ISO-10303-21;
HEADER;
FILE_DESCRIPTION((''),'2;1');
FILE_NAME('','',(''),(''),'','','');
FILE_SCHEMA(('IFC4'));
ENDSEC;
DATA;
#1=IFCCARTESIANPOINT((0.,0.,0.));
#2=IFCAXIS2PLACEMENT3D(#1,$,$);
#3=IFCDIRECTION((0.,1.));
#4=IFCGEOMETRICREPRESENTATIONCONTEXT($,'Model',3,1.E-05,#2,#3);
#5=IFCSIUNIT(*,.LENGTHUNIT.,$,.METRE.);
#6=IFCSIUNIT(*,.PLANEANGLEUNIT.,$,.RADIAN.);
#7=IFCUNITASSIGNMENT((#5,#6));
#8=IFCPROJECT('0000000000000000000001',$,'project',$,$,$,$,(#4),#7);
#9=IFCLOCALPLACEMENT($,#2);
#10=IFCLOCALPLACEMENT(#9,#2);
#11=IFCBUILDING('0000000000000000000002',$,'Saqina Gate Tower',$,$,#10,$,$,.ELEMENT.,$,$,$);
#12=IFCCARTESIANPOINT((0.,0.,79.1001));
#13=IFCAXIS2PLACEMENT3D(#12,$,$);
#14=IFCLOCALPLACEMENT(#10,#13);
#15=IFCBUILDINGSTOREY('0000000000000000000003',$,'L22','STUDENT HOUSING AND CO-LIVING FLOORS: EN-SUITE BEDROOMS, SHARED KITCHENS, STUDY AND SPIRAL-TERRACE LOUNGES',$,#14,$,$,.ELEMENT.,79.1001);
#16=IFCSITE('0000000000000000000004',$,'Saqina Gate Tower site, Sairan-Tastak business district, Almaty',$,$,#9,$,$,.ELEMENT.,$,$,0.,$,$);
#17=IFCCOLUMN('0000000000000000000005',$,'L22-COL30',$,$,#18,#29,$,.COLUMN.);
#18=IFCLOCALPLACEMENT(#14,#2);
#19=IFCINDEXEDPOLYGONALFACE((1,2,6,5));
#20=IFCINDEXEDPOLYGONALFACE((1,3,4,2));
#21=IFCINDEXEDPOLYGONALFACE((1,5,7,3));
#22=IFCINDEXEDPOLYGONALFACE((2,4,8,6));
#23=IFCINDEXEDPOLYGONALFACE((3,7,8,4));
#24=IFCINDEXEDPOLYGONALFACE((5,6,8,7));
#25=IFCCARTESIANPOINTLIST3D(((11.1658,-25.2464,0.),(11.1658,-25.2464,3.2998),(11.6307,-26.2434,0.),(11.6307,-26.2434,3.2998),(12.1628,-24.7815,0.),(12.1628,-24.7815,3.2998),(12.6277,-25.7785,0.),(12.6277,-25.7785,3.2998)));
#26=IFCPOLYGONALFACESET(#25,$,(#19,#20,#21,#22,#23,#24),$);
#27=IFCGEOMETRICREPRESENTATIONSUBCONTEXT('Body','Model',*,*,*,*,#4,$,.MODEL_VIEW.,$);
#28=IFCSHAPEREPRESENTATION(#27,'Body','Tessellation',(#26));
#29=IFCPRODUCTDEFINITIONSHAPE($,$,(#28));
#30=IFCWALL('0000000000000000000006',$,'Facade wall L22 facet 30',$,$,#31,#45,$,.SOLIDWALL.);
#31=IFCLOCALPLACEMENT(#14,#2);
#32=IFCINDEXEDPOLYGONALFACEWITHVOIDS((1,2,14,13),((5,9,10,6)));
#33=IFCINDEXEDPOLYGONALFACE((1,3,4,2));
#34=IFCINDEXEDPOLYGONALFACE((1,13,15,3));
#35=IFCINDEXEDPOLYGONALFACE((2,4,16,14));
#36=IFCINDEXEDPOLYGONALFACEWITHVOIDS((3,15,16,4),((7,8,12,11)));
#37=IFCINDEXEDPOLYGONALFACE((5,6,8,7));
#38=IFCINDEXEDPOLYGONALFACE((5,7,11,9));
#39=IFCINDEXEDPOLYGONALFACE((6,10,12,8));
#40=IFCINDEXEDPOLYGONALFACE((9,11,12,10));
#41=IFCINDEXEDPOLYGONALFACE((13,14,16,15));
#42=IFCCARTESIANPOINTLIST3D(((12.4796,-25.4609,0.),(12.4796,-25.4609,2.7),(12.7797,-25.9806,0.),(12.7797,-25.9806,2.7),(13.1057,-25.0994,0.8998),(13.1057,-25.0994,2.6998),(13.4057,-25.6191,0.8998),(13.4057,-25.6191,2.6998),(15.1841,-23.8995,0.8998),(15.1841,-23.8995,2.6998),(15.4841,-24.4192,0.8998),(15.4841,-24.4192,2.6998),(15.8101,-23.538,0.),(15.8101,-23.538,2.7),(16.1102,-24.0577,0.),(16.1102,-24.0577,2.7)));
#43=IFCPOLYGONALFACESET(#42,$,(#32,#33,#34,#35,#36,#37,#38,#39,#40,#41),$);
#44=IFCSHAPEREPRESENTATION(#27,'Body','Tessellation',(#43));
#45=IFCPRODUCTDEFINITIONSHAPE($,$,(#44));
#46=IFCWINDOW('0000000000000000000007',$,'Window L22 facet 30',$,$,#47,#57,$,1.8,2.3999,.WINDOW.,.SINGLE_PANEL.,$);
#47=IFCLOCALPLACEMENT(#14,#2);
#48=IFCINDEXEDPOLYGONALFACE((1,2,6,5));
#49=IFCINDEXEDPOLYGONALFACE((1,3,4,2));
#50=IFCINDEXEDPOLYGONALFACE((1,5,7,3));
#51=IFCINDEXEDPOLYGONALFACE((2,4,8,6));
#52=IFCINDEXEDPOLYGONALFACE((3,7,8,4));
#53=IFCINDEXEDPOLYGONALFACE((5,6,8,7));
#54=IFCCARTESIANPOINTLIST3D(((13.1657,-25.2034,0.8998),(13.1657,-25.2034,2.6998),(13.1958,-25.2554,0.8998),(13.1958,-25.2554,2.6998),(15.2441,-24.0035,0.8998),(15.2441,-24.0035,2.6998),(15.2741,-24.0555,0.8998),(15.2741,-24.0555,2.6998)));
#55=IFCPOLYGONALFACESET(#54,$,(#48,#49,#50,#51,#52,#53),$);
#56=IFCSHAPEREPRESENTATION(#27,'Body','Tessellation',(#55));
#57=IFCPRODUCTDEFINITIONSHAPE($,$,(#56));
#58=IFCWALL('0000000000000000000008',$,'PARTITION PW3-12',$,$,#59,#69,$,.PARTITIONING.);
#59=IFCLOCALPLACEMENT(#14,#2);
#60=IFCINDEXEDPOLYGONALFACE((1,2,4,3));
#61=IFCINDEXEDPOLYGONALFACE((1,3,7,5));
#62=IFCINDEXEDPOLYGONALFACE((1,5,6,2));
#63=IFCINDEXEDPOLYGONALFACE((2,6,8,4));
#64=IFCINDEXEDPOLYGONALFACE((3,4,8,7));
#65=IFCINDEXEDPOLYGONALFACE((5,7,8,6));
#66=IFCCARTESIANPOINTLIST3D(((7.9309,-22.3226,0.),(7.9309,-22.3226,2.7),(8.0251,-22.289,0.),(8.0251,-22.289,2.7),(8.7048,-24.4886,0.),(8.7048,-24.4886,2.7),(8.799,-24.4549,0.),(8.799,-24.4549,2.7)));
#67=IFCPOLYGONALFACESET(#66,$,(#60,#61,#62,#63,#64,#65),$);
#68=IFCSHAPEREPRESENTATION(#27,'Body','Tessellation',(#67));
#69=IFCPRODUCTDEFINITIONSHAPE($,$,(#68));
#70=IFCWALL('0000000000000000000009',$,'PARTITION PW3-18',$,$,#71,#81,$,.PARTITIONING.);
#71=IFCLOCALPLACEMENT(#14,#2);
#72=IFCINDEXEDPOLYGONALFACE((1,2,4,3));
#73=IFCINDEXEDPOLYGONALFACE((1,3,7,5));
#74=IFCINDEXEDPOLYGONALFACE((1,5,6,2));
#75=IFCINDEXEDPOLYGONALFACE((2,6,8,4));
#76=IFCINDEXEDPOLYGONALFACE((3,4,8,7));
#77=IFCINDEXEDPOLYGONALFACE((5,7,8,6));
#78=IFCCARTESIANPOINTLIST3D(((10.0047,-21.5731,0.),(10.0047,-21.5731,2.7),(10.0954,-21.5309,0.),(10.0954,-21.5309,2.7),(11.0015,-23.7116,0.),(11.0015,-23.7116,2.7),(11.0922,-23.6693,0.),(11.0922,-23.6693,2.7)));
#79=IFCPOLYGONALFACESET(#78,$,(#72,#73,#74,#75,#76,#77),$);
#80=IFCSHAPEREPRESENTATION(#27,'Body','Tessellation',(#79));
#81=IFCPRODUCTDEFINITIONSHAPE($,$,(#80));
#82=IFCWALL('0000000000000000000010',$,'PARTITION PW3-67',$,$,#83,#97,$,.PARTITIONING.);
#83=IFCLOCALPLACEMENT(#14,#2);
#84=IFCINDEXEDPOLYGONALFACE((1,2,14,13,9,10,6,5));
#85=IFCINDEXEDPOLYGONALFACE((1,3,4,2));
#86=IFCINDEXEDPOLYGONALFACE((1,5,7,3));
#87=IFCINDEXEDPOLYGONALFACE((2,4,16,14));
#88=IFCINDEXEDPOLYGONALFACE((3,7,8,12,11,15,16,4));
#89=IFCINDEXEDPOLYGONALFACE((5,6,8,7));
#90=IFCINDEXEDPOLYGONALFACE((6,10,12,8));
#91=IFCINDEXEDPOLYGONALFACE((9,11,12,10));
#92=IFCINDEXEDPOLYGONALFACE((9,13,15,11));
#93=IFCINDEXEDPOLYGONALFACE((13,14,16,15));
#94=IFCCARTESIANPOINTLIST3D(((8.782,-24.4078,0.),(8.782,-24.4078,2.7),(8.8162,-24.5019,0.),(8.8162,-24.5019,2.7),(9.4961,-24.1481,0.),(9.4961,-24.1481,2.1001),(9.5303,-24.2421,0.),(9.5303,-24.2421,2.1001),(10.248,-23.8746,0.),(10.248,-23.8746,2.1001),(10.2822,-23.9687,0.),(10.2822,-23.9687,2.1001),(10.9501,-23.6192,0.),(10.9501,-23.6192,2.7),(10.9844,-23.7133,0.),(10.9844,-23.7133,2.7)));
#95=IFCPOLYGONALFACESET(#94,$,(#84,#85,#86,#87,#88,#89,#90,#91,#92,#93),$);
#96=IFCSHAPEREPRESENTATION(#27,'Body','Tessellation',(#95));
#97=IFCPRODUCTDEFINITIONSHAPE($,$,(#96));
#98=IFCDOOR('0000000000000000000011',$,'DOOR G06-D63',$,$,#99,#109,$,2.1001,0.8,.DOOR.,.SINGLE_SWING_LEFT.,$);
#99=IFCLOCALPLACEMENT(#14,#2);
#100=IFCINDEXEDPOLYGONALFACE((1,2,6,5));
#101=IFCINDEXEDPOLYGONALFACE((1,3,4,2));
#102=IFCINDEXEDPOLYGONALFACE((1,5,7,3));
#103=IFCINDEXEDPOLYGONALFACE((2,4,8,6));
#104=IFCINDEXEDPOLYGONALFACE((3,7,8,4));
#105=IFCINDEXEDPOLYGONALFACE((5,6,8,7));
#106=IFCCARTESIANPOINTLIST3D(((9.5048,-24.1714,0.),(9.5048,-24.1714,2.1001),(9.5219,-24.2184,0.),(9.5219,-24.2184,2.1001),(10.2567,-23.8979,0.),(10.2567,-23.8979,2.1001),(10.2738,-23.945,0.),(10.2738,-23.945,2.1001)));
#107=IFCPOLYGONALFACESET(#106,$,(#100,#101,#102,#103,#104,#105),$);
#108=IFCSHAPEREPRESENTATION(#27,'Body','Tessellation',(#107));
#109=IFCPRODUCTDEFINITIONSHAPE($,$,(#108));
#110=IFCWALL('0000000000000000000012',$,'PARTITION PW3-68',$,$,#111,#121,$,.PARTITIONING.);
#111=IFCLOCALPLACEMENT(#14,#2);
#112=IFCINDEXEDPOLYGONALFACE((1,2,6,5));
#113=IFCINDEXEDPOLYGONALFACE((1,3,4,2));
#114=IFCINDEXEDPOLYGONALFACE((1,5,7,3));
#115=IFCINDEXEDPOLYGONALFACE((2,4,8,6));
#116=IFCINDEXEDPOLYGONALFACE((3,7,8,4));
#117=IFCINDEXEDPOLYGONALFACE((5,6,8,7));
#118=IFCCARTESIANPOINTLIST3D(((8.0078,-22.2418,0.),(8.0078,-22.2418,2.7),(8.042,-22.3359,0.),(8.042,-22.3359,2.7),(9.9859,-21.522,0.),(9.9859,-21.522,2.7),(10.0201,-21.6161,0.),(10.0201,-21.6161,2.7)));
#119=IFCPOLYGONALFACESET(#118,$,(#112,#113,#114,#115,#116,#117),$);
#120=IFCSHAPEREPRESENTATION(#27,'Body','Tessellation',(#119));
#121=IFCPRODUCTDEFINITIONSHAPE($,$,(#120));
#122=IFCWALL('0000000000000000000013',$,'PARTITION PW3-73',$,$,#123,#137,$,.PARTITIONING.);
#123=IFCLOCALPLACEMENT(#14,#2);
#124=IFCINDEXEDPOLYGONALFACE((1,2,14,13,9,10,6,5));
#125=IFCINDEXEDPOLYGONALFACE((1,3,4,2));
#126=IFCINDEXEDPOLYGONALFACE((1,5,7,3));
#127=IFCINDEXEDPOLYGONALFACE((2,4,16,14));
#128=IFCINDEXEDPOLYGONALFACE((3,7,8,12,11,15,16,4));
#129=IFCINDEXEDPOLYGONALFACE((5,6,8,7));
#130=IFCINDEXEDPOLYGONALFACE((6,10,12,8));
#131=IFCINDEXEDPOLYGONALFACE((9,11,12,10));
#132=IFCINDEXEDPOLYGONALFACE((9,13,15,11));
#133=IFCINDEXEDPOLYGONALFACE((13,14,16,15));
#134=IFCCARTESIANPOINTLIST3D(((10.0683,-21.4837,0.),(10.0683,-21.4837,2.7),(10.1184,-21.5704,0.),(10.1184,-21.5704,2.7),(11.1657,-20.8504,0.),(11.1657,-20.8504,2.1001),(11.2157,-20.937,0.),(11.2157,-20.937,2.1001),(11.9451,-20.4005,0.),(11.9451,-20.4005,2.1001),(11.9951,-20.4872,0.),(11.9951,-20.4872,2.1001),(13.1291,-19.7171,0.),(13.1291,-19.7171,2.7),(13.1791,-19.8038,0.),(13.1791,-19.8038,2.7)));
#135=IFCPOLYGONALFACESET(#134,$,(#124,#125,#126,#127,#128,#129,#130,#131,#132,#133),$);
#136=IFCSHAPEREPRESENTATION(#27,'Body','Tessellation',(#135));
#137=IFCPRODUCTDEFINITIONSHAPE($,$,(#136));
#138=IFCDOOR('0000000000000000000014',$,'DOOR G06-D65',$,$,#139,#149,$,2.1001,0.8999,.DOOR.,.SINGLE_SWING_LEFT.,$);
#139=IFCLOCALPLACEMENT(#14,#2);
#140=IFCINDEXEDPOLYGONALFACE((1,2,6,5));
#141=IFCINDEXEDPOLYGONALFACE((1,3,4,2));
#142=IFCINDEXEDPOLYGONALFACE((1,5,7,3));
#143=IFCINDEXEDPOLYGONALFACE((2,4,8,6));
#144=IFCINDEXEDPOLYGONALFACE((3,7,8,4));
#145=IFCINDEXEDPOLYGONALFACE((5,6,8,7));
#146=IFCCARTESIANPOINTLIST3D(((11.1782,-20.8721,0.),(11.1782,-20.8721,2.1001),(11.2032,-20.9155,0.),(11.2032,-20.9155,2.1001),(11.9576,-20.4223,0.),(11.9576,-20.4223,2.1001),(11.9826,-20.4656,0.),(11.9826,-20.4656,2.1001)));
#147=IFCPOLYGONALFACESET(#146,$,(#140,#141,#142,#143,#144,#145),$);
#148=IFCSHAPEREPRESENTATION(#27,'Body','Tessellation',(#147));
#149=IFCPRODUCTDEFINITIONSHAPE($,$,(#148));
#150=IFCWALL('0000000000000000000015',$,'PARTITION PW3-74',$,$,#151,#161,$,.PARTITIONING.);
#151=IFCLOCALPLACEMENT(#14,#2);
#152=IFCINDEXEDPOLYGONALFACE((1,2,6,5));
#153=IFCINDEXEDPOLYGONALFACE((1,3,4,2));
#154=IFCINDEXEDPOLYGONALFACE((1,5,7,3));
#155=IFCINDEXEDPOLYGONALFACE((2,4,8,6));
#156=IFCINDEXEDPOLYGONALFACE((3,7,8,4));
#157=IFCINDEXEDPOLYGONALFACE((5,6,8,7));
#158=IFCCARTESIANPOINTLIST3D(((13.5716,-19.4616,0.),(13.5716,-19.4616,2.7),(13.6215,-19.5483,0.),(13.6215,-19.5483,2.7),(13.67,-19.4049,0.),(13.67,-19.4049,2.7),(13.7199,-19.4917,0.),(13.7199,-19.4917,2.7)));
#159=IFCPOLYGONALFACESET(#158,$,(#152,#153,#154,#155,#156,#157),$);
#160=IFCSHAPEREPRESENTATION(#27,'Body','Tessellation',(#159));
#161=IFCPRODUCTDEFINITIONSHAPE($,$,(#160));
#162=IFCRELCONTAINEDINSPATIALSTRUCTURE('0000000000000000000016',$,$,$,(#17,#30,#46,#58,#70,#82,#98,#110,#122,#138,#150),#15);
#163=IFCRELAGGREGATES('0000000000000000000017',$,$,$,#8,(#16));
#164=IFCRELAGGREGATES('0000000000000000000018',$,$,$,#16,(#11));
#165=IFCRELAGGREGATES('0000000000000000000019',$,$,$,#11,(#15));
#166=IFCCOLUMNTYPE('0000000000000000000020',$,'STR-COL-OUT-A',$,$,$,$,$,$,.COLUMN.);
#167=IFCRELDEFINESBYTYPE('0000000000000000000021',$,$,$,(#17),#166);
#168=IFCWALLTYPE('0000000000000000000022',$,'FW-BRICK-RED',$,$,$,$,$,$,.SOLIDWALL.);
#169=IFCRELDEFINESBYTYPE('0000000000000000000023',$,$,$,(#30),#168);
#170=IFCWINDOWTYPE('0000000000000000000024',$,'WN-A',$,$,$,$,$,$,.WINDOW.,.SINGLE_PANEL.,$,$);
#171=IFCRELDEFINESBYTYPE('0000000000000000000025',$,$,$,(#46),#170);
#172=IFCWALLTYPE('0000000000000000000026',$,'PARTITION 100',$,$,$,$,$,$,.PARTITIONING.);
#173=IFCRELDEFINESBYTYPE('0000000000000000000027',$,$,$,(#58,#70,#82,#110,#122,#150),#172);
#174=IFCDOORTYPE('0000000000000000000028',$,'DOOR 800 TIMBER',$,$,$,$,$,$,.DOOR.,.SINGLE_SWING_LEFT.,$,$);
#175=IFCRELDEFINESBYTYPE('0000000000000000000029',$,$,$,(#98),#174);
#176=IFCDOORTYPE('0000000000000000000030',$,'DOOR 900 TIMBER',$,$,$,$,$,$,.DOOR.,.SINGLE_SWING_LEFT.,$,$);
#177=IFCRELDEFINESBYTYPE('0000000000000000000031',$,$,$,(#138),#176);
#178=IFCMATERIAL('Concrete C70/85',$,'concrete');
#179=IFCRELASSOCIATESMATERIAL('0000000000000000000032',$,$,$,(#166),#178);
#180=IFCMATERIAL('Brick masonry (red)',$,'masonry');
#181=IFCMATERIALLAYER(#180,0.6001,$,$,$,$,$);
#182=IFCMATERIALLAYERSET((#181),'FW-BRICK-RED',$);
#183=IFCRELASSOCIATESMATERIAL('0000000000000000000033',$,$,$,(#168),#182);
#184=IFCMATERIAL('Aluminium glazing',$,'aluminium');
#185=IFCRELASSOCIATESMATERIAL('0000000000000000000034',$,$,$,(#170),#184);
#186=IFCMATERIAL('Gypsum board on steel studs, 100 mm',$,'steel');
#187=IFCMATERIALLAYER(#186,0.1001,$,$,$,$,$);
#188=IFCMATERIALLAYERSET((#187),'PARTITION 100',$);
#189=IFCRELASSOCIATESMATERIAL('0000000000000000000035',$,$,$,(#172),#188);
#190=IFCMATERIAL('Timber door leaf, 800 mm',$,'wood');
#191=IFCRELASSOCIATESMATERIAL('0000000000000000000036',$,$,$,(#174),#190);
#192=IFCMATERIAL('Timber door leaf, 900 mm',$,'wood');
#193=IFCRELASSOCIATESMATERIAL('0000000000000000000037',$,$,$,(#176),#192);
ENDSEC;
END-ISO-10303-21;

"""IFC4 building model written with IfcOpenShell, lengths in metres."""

from ifc_helpers import new_model, si_unit, direction, frame, frame_2d, origin, origin_2d, place, context, subcontext, project, spatial, rectangle, extrude, material, layer, layer_set, material_profile, profile_set, type_object, element, fill, save


model = new_model("IFC4")

# Units and contexts
model_context = context("Model", 3, precision=1e-05, world=origin(), true_north=direction((0.0, 1.0)))
body_context = subcontext(model_context, "Body", "Model", "MODEL_VIEW")
ifc_project = project(units=[si_unit("LENGTHUNIT", "METRE"), si_unit("PLANEANGLEUNIT", "RADIAN")], contexts=[model_context])

# Site, building, storey
site_placement = place(None, origin())
site = spatial("IfcSite", under=ifc_project, at=site_placement, Name="Saqina Gate Tower site, Sairan-Tastak business district, Almaty", CompositionType="ELEMENT", RefElevation=0.0)
building_placement = place(site_placement, origin())
building = spatial("IfcBuilding", under=site, at=building_placement, Name="Saqina Gate Tower", CompositionType="ELEMENT")
storey_placement = place(building_placement, frame((0.0, 0.0, 79.1001)))
storey = spatial("IfcBuildingStorey", under=building, at=storey_placement, Name="L22", Description="STUDENT HOUSING AND CO-LIVING FLOORS: EN-SUITE BEDROOMS, SHARED KITCHENS, STUDY AND SPIRAL-TERRACE LOUNGES", CompositionType="ELEMENT", Elevation=79.1001)

# Column
ifc_material_1 = material(Name="Concrete C70/85", Category="concrete")
ifc_material_profile = material_profile(ifc_material_1, rectangle(XDim=1.1001, YDim=1.1001, at=origin_2d()), Name="RC 1100x1100")
ifc_profile_set = profile_set([ifc_material_profile], Name="Concrete C70/85")
column_type = type_object("IfcColumnType", Name="STR-COL-OUT-A", PredefinedType="COLUMN", material=ifc_profile_set)
column_placement = place(storey_placement, frame((11.8967, -25.5125, 0.0), z_axis=(0.0, 0.0, 1.0), x_axis=(0.422618, -0.906308, 0.0)))
element("IfcColumn", 1, at=column_placement, inside=storey, type_object=column_type, Name="L22-COL30", PredefinedType="COLUMN", context=body_context, shape_type="SweptSolid", body=[
    extrude(rectangle(XDim=1.1001, YDim=1.1001, at=origin_2d()), origin(), (0.0, 0.0, 1.0), 3.2998),
])

# Wall, opening, window
ifc_material_2 = material(Name="Brick masonry (red)", Category="masonry")
ifc_layer_1 = layer(ifc_material_2, 0.6001)
ifc_layer_set_1 = layer_set([ifc_layer_1], Name="FW-BRICK-RED")
wall_type_1 = type_object("IfcWallType", Name="FW-BRICK-RED", PredefinedType="SOLIDWALL", material=ifc_layer_set_1)
wall_1_placement = place(storey_placement, frame((12.6296, -25.7207, 0.0), z_axis=(0.0, 0.0, 1.0), x_axis=(0.866031, 0.49999, 0.0)))
wall_1 = element("IfcWall", 2, at=wall_1_placement, inside=storey, type_object=wall_type_1, Name="Facade wall L22 facet 30", PredefinedType="SOLIDWALL", context=body_context, shape_type="SweptSolid", body=[
    extrude(rectangle(XDim=3.8457, YDim=0.6001, at=frame_2d((1.9229, 0.0))), origin(), (0.0, 0.0, 1.0), 2.7),
])
opening_1_placement = place(wall_1_placement, frame((0.7229, 0.0, 0.8999)))
opening_1 = element("IfcOpeningElement", 3, at=opening_1_placement, cuts=wall_1, PredefinedType="OPENING", context=body_context, shape_type="SweptSolid", body=[
    extrude(rectangle(XDim=2.3999, YDim=1.8, at=frame_2d((1.2, 0.8999))), frame((0.0, 0.312, 0.0), z_axis=(0.0, -1.0, 0.0), x_axis=(1.0, 0.0, 0.0)), (0.0, 0.0, 1.0), 0.624),
])
ifc_material_3 = material(Name="Aluminium glazing", Category="aluminium")
window_type = type_object("IfcWindowType", Name="WN-A", PartitioningType="SINGLE_PANEL", PredefinedType="WINDOW", material=ifc_material_3)
window_placement = place(opening_1_placement, origin())
window = element("IfcWindow", 4, at=window_placement, inside=storey, type_object=window_type, Name="Window L22 facet 30", OverallHeight=1.8, OverallWidth=2.3999, PartitioningType="SINGLE_PANEL", PredefinedType="WINDOW", context=body_context, shape_type="SweptSolid", body=[
    extrude(rectangle(XDim=2.3999, YDim=1.8, at=frame_2d((1.2, 0.8999))), frame((0.0, 0.1799, 0.0), z_axis=(0.0, -1.0, 0.0), x_axis=(1.0, 0.0, 0.0)), (0.0, 0.0, 1.0), 0.0601),
])
fill(opening_1, window)

# Walls
ifc_material_4 = material(Name="Gypsum board on steel studs, 100 mm", Category="steel")
ifc_layer_2 = layer(ifc_material_4, 0.1001)
ifc_layer_set_2 = layer_set([ifc_layer_2], Name="PARTITION 100")
wall_type_2 = type_object("IfcWallType", Name="PARTITION 100", PredefinedType="PARTITIONING", material=ifc_layer_set_2)
wall_2_placement = place(storey_placement, frame((7.978, -22.3059, 0.0), z_axis=(0.0, 0.0, 1.0), x_axis=(0.336471, -0.941694, 0.0)))
element("IfcWall", 5, at=wall_2_placement, inside=storey, type_object=wall_type_2, Name="PARTITION PW3-12", PredefinedType="PARTITIONING", context=body_context, shape_type="SweptSolid", body=[
    extrude(rectangle(XDim=2.3, YDim=0.1001, at=frame_2d((1.1499, 0.0))), origin(), (0.0, 0.0, 1.0), 2.7),
])
wall_3_placement = place(storey_placement, frame((10.05, -21.552, 0.0), z_axis=(0.0, 0.0, 1.0), x_axis=(0.4225, -0.906363, 0.0)))
element("IfcWall", 6, at=wall_3_placement, inside=storey, type_object=wall_type_2, Name="PARTITION PW3-18", PredefinedType="PARTITIONING", context=body_context, shape_type="SweptSolid", body=[
    extrude(rectangle(XDim=2.3594, YDim=0.1001, at=frame_2d((1.1797, 0.0))), origin(), (0.0, 0.0, 1.0), 2.7),
])

# Wall, opening, door
wall_4_placement = place(storey_placement, frame((8.7991, -24.4548, 0.0), z_axis=(0.0, 0.0, 1.0), x_axis=(0.939775, 0.341794, 0.0)))
wall_4 = element("IfcWall", 7, at=wall_4_placement, inside=storey, type_object=wall_type_2, Name="PARTITION PW3-67", PredefinedType="PARTITIONING", context=body_context, shape_type="SweptSolid", body=[
    extrude(rectangle(XDim=2.3071, YDim=0.1001, at=frame_2d((1.1536, 0.0))), origin(), (0.0, 0.0, 1.0), 2.7),
])
opening_2_placement = place(wall_4_placement, frame((0.76, 0.0, 0.0)))
opening_2 = element("IfcOpeningElement", 8, at=opening_2_placement, cuts=wall_4, PredefinedType="OPENING", context=body_context, shape_type="SweptSolid", body=[
    extrude(rectangle(XDim=0.8, YDim=2.1001, at=frame_2d((0.3999, 1.05))), frame((0.0, 0.062, 0.0), z_axis=(0.0, -1.0, 0.0), x_axis=(1.0, 0.0, 0.0)), (0.0, 0.0, 1.0), 0.124),
])
ifc_material_5 = material(Name="Timber door leaf, 800 mm", Category="wood")
door_type_1 = type_object("IfcDoorType", Name="DOOR 800 TIMBER", OperationType="SINGLE_SWING_LEFT", PredefinedType="DOOR", material=ifc_material_5)
door_1_placement = place(opening_2_placement, frame((0.8, 0.0, 0.0), z_axis=(0.0, 0.0, 1.0), x_axis=(-1.0, 0.0, 0.0)))
door_1 = element("IfcDoor", 9, at=door_1_placement, inside=storey, type_object=door_type_1, Name="DOOR G06-D63", OperationType="SINGLE_SWING_LEFT", OverallHeight=2.1001, OverallWidth=0.8, PredefinedType="DOOR", context=body_context, shape_type="SweptSolid", body=[
    extrude(rectangle(XDim=0.8, YDim=2.1001, at=frame_2d((0.3999, 1.05))), frame((0.0, 0.0249, 0.0), z_axis=(0.0, -1.0, 0.0), x_axis=(1.0, 0.0, 0.0)), (0.0, 0.0, 1.0), 0.05),
])
fill(opening_2, door_1)

# Wall
wall_5_placement = place(storey_placement, frame((8.0249, -22.2888, 0.0), z_axis=(0.0, 0.0, 1.0), x_axis=(0.939726, 0.341929, 0.0)))
element("IfcWall", 10, at=wall_5_placement, inside=storey, type_object=wall_type_2, Name="PARTITION PW3-68", PredefinedType="PARTITIONING", context=body_context, shape_type="SweptSolid", body=[
    extrude(rectangle(XDim=2.105, YDim=0.1001, at=frame_2d((1.0525, 0.0))), origin(), (0.0, 0.0, 1.0), 2.7),
])

# Wall, opening, door
wall_6_placement = place(storey_placement, frame((10.0933, -21.5271, 0.0), z_axis=(0.0, 0.0, 1.0), x_axis=(0.866092, 0.499884, 0.0)))
wall_6 = element("IfcWall", 11, at=wall_6_placement, inside=storey, type_object=wall_type_2, Name="PARTITION PW3-73", PredefinedType="PARTITIONING", context=body_context, shape_type="SweptSolid", body=[
    extrude(rectangle(XDim=3.5339, YDim=0.1001, at=frame_2d((1.7671, 0.0))), origin(), (0.0, 0.0, 1.0), 2.7),
])
opening_3_placement = place(wall_6_placement, frame((1.2671, 0.0, 0.0)))
opening_3 = element("IfcOpeningElement", 12, at=opening_3_placement, cuts=wall_6, PredefinedType="OPENING", context=body_context, shape_type="SweptSolid", body=[
    extrude(rectangle(XDim=0.8999, YDim=2.1001, at=frame_2d((0.45, 1.05))), frame((0.0, 0.062, 0.0), z_axis=(0.0, -1.0, 0.0), x_axis=(1.0, 0.0, 0.0)), (0.0, 0.0, 1.0), 0.124),
])
ifc_material_6 = material(Name="Timber door leaf, 900 mm", Category="wood")
door_type_2 = type_object("IfcDoorType", Name="DOOR 900 TIMBER", OperationType="SINGLE_SWING_LEFT", PredefinedType="DOOR", material=ifc_material_6)
door_2_placement = place(opening_3_placement, origin())
door_2 = element("IfcDoor", 13, at=door_2_placement, inside=storey, type_object=door_type_2, Name="DOOR G06-D65", OperationType="SINGLE_SWING_LEFT", OverallHeight=2.1001, OverallWidth=0.8999, PredefinedType="DOOR", context=body_context, shape_type="SweptSolid", body=[
    extrude(rectangle(XDim=0.8999, YDim=2.1001, at=frame_2d((0.45, 1.05))), frame((0.0, 0.0249, 0.0), z_axis=(0.0, -1.0, 0.0), x_axis=(1.0, 0.0, 0.0)), (0.0, 0.0, 1.0), 0.05),
])
fill(opening_3, door_2)

# Wall
wall_7_placement = place(storey_placement, frame((13.5967, -19.5049, 0.0), z_axis=(0.0, 0.0, 1.0), x_axis=(0.866651, 0.498916, 0.0)))
element("IfcWall", 14, at=wall_7_placement, inside=storey, type_object=wall_type_2, Name="PARTITION PW3-74", PredefinedType="PARTITIONING", context=body_context, shape_type="SweptSolid", body=[
    extrude(rectangle(XDim=0.1135, YDim=0.1001, at=frame_2d((0.0566, 0.0))), origin(), (0.0, 0.0, 1.0), 2.7),
])

save(model, "model.ifc")
